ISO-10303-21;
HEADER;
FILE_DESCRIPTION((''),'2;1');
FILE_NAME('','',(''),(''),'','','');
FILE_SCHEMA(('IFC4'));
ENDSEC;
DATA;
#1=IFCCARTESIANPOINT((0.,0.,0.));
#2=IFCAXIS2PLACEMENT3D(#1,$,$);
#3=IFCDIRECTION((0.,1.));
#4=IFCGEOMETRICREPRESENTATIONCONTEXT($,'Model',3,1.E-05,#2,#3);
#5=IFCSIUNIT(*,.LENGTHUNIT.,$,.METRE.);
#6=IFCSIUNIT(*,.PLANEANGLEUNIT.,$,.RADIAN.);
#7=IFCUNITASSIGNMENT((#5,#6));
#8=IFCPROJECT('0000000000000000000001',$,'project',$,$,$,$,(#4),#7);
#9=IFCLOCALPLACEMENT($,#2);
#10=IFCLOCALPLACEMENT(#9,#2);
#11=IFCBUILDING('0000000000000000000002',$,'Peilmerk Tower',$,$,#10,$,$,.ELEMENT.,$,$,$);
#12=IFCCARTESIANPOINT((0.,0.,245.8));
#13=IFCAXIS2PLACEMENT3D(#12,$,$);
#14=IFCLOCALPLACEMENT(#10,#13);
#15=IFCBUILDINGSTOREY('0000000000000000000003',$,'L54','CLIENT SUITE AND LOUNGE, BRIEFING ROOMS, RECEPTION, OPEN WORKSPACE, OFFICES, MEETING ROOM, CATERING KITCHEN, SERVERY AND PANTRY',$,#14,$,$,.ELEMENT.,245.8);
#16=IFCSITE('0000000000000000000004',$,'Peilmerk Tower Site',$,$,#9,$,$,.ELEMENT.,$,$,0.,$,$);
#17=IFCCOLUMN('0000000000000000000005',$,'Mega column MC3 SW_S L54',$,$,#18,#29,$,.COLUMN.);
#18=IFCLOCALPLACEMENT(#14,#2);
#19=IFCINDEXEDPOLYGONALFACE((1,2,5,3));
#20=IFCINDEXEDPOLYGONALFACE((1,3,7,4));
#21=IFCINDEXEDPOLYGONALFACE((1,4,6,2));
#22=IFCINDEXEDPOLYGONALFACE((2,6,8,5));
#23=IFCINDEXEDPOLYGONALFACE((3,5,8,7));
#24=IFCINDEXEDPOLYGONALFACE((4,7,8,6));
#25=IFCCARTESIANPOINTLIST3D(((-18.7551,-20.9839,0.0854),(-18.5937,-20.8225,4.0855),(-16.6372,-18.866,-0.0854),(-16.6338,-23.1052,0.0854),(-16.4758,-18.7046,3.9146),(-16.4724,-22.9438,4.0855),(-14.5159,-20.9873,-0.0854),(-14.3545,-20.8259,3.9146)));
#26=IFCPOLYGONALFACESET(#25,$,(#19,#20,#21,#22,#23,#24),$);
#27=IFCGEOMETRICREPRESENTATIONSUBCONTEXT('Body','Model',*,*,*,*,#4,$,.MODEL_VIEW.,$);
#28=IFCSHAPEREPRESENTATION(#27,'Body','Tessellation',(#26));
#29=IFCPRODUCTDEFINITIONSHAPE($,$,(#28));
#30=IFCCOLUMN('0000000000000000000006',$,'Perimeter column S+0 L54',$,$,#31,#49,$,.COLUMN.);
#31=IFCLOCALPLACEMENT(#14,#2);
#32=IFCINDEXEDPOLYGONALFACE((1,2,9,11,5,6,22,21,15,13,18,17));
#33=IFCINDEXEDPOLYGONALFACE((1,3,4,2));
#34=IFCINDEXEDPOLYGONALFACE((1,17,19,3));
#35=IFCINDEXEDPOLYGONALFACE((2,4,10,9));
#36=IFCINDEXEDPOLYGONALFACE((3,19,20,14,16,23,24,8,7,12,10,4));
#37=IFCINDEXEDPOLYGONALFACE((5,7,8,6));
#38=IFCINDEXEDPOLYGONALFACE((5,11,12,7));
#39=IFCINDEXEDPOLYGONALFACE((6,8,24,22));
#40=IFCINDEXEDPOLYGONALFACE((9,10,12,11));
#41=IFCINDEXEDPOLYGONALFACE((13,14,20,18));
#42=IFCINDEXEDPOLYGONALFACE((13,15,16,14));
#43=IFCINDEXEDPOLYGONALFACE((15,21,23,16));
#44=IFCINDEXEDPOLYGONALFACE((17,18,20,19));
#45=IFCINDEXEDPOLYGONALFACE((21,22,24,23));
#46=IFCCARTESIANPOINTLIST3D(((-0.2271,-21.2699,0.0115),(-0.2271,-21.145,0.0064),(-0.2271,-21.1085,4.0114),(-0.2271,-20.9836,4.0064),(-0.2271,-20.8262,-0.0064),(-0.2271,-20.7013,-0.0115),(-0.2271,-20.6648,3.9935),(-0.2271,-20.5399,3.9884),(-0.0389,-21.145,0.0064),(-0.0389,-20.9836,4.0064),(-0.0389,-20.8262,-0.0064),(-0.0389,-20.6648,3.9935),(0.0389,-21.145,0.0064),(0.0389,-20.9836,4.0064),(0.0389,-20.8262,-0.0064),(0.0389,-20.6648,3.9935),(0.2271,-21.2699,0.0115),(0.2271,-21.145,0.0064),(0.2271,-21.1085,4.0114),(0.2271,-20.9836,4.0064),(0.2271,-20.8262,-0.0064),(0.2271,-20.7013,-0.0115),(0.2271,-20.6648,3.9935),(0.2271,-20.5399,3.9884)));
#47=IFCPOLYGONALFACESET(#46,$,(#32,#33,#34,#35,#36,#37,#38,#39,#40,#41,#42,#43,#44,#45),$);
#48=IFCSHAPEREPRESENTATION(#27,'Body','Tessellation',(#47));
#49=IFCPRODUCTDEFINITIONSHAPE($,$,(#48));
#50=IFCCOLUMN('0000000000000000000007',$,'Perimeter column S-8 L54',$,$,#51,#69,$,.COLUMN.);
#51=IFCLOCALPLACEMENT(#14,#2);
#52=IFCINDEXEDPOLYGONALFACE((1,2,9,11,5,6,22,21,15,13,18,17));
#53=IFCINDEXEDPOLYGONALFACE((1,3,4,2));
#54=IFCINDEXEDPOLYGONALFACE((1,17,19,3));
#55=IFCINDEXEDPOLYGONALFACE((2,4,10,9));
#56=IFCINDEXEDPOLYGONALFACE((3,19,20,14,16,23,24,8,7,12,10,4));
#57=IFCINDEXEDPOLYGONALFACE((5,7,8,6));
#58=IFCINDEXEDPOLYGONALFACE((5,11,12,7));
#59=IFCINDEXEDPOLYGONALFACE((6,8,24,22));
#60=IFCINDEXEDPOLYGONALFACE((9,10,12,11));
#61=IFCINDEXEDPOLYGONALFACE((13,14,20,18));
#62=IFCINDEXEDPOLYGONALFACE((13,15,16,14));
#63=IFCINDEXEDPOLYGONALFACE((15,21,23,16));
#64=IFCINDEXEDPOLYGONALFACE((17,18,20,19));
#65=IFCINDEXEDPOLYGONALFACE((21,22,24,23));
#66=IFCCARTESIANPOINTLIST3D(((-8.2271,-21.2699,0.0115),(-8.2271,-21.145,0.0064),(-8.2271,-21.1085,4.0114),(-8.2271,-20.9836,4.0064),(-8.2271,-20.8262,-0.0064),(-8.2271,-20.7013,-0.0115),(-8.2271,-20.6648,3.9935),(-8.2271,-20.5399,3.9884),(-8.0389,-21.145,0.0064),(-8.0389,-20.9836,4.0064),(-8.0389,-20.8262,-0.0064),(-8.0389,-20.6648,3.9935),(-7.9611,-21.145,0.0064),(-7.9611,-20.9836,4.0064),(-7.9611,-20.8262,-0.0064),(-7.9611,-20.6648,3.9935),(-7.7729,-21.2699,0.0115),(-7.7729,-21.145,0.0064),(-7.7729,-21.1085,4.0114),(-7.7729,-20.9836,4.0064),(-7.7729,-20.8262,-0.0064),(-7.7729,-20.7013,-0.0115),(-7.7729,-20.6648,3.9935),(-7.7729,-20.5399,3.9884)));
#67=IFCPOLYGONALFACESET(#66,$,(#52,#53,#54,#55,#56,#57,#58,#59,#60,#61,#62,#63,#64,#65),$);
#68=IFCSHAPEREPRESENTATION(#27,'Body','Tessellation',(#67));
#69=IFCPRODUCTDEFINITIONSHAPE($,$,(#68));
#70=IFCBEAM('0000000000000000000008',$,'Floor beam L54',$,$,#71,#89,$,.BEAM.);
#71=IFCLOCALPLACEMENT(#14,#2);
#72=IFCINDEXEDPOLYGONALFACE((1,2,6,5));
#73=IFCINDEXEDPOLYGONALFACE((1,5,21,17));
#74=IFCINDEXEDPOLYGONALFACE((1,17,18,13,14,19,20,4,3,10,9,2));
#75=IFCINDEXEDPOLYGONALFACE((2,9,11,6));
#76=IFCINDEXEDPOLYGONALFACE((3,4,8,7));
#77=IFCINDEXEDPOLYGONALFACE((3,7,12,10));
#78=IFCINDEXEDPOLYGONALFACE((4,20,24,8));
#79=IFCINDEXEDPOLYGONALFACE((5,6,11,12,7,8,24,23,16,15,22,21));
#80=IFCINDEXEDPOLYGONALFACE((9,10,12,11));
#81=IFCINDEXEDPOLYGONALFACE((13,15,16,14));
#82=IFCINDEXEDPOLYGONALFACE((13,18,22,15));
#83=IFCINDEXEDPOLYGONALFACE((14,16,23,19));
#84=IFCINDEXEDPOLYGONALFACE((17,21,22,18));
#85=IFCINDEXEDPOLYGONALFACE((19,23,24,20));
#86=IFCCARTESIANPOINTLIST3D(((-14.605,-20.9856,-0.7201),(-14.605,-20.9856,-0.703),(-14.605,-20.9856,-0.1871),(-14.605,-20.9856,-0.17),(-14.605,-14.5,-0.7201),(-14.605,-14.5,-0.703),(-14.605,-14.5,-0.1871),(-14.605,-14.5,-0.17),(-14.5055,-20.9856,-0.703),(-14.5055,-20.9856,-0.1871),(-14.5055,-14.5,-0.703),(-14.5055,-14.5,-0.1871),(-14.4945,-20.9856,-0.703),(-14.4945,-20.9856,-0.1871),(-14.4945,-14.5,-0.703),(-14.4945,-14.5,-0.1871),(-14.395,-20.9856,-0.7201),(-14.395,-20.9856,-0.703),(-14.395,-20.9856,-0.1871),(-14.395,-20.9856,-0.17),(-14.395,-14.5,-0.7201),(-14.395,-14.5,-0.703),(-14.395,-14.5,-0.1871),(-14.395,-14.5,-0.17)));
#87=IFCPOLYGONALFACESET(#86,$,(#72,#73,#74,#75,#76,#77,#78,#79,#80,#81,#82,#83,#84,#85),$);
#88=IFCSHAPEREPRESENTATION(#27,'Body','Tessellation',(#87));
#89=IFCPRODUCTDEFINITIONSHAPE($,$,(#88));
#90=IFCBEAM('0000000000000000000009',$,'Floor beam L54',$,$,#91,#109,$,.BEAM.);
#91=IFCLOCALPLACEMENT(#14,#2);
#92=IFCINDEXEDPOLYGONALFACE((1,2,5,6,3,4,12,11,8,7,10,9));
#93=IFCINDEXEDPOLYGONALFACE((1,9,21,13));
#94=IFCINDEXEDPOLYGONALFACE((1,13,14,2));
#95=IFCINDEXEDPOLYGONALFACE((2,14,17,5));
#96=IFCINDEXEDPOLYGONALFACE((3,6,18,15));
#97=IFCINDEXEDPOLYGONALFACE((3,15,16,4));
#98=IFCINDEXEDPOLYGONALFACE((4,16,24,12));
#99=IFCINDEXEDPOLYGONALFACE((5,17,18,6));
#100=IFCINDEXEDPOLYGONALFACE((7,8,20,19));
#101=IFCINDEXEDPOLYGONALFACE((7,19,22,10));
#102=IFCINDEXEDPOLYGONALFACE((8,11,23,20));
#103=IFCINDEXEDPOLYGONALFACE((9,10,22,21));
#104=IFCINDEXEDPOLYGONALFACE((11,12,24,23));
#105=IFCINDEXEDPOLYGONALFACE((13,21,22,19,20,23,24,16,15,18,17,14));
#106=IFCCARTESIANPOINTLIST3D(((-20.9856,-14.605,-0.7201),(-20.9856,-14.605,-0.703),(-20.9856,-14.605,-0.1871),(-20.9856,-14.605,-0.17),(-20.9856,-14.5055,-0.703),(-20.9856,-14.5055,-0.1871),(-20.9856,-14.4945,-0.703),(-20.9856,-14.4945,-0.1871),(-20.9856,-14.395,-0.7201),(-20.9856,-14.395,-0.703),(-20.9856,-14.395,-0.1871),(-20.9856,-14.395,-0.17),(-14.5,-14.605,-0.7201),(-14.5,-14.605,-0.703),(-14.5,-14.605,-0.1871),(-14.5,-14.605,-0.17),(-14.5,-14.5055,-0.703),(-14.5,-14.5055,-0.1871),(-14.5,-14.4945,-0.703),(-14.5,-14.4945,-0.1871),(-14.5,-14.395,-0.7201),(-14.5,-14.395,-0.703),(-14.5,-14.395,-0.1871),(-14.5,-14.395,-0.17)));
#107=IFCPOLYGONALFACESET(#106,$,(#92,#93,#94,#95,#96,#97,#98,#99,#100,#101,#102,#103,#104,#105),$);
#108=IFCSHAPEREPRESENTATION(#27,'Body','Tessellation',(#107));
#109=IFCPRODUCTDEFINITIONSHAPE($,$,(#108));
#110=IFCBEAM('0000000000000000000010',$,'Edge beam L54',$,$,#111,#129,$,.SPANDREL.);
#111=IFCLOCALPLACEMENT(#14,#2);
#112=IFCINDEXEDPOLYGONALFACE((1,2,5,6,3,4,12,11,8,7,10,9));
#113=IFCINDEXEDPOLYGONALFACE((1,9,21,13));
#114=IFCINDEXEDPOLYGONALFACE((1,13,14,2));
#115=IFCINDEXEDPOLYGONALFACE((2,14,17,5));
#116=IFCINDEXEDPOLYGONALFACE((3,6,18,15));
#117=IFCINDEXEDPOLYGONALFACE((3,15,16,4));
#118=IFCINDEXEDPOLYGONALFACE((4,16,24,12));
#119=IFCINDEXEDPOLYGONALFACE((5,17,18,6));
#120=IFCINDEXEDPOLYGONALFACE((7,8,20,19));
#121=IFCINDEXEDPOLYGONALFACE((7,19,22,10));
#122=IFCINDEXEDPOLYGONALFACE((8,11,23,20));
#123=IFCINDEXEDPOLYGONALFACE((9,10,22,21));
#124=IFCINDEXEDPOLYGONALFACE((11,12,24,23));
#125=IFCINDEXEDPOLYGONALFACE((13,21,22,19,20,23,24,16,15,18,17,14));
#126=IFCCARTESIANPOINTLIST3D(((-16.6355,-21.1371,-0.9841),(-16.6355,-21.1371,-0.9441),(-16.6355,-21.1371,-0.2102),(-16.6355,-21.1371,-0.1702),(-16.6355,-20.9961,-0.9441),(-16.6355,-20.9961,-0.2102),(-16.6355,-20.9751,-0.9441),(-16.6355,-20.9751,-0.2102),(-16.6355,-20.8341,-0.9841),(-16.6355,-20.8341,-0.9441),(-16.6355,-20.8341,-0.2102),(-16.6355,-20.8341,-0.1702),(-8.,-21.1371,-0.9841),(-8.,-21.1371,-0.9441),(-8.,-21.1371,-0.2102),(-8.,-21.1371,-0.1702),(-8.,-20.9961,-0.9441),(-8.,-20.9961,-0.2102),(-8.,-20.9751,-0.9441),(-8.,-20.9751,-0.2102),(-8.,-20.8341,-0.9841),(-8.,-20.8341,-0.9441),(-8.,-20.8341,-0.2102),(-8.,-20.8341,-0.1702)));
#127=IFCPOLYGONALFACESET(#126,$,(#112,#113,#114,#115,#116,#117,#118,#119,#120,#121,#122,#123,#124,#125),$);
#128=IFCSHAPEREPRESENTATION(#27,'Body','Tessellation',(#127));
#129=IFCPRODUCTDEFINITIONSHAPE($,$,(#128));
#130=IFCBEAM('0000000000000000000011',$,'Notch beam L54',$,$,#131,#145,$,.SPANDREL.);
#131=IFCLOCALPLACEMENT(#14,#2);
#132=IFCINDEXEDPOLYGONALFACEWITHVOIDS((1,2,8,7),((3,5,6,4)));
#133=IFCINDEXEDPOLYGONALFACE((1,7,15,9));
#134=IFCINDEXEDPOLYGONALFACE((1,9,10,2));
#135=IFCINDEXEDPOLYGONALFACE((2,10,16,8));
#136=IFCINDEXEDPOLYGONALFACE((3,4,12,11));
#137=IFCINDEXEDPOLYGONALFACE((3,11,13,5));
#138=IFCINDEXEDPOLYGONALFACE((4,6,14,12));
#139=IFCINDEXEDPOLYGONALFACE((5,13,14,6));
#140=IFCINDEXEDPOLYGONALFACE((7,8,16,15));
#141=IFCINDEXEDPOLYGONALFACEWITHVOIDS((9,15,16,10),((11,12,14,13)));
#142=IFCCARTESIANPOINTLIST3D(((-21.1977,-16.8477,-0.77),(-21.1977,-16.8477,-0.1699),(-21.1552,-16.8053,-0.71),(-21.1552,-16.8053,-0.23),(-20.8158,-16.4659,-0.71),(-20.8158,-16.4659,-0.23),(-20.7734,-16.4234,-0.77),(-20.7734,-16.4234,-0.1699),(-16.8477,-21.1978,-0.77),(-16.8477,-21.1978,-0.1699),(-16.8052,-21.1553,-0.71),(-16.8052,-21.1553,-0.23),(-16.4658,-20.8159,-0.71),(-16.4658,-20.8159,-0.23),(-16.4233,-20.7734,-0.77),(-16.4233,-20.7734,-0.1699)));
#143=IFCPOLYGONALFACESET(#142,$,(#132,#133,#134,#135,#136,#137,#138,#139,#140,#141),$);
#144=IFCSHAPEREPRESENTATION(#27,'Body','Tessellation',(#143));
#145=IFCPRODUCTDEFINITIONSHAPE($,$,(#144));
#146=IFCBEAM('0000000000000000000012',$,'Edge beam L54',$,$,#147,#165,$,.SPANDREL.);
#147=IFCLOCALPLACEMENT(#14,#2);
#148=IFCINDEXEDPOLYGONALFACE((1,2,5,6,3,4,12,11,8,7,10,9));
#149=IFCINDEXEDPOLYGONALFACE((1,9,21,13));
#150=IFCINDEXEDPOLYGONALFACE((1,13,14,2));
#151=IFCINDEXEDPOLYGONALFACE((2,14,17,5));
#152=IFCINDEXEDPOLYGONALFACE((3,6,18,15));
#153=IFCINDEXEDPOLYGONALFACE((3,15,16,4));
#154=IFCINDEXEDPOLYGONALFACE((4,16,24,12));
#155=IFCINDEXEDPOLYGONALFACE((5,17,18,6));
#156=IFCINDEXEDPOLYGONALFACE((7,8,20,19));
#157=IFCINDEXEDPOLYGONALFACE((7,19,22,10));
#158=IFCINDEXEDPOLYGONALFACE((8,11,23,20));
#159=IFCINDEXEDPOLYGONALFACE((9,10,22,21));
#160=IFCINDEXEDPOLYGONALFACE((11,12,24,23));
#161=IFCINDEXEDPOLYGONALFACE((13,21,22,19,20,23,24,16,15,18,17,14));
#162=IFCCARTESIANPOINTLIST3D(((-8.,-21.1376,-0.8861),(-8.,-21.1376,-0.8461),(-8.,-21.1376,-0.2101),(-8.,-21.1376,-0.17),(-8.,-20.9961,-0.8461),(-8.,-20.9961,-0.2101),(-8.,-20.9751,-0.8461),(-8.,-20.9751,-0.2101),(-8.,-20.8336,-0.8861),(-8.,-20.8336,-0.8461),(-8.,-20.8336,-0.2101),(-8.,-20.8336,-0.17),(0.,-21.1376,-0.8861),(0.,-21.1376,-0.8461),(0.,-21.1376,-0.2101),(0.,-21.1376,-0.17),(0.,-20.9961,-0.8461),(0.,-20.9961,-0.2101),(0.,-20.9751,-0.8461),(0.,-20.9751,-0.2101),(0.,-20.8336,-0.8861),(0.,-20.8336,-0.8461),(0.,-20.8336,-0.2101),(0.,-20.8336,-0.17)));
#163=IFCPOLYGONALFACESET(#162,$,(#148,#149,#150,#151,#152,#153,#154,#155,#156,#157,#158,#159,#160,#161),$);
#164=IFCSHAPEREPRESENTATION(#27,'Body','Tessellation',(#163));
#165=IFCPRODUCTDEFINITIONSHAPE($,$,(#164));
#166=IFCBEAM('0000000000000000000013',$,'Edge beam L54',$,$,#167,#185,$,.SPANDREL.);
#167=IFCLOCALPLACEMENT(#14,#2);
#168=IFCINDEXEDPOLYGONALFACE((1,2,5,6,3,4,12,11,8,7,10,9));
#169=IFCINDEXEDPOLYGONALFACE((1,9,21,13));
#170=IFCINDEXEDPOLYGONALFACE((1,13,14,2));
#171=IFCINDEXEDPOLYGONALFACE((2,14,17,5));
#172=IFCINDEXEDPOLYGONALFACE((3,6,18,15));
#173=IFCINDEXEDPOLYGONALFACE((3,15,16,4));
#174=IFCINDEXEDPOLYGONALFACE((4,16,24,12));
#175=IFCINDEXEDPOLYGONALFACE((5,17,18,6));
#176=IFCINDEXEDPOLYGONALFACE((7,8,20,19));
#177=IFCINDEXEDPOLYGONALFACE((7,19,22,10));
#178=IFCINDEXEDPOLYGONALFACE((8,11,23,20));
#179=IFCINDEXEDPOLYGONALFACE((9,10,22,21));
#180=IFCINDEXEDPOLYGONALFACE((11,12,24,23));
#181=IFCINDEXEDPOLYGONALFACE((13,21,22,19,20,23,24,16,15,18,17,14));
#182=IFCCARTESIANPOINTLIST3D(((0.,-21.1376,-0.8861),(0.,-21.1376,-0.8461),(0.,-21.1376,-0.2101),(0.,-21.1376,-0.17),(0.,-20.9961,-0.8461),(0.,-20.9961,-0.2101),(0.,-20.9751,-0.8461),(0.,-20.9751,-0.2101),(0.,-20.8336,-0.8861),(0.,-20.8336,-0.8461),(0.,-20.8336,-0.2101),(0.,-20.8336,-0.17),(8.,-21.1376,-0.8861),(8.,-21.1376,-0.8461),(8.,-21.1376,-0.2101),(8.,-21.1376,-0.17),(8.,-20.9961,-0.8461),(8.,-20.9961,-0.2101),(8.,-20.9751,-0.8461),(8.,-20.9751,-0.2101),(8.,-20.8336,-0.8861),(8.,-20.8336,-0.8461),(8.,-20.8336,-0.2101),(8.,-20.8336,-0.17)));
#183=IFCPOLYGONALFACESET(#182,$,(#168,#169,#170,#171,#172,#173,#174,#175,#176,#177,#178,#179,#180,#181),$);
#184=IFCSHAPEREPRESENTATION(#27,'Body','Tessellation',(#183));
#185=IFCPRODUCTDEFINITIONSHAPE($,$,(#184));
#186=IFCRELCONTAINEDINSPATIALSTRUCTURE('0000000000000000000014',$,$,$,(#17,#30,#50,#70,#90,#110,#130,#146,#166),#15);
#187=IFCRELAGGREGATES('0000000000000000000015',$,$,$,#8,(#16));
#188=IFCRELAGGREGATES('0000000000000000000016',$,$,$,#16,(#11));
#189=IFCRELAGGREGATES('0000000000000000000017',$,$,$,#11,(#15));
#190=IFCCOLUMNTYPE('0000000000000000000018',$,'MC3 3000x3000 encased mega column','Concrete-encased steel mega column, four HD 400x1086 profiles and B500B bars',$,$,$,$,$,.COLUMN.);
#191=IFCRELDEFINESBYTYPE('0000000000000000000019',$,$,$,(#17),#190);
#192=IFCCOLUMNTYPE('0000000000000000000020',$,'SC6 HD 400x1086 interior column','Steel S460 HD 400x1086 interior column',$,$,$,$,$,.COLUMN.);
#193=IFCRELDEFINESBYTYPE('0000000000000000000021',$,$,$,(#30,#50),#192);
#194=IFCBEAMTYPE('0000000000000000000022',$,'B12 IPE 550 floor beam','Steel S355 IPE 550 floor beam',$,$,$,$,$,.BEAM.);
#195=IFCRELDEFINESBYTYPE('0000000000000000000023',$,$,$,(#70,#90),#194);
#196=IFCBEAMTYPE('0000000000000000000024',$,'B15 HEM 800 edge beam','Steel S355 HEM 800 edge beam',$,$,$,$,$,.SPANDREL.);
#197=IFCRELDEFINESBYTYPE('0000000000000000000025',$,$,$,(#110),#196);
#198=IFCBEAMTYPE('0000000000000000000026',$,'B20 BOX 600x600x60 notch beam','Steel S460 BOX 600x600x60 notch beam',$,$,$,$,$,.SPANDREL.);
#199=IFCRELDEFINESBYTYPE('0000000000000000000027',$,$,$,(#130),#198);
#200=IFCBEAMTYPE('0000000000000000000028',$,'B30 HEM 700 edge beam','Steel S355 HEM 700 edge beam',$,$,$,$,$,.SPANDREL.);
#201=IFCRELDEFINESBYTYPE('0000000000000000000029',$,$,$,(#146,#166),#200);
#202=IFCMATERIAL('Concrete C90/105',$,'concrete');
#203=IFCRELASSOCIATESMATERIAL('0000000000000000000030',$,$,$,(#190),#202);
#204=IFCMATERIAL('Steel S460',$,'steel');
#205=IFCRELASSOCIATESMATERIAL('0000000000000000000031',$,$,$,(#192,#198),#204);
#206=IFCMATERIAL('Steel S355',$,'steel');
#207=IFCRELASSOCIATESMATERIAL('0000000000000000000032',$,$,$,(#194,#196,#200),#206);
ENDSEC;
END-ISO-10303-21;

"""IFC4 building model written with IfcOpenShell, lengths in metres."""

from ifc_helpers import new_model, si_unit, direction, frame, origin, origin_2d, place, context, subcontext, project, spatial, rectangle, hollow_rectangle, i_section, extrude, material, material_profile, profile_set, type_object, element, save


model = new_model("IFC4")

# Units and contexts
model_context = context("Model", 3, precision=1e-05, world=origin(), true_north=direction((0.0, 1.0)))
body_context = subcontext(model_context, "Body", "Model", "MODEL_VIEW")
ifc_project = project(units=[si_unit("LENGTHUNIT", "METRE"), si_unit("PLANEANGLEUNIT", "RADIAN")], contexts=[model_context])

# Site, building, storey
site_placement = place(None, origin())
site = spatial("IfcSite", under=ifc_project, at=site_placement, Name="Peilmerk Tower Site", CompositionType="ELEMENT", RefElevation=0.0)
building_placement = place(site_placement, origin())
building = spatial("IfcBuilding", under=site, at=building_placement, Name="Peilmerk Tower", CompositionType="ELEMENT")
storey_placement = place(building_placement, frame((0.0, 0.0, 245.8)))
storey = spatial("IfcBuildingStorey", under=building, at=storey_placement, Name="L54", Description="CLIENT SUITE AND LOUNGE, BRIEFING ROOMS, RECEPTION, OPEN WORKSPACE, OFFICES, MEETING ROOM, CATERING KITCHEN, SERVERY AND PANTRY", CompositionType="ELEMENT", Elevation=245.8)

# Columns
ifc_material_1 = material(Name="Concrete C90/105", Category="concrete")
ifc_material_profile_1 = material_profile(ifc_material_1, rectangle(XDim=3.0, YDim=3.0, at=origin_2d()), Name="RC 3000x3000")
ifc_profile_set_1 = profile_set([ifc_material_profile_1], Name="Concrete C90/105")
column_type_1 = type_object("IfcColumnType", Name="MC3 3000x3000 encased mega column", Description="Concrete-encased steel mega column, four HD 400x1086 profiles and B500B bars", PredefinedType="COLUMN", material=ifc_profile_set_1)
column_placement = place(storey_placement, frame((-16.6355, -20.9856, 0.0), z_axis=(0.040279, 0.040279, 0.998376), x_axis=(-0.707107, 0.707107, 0.0)))
element("IfcColumn", 1, at=column_placement, inside=storey, type_object=column_type_1, Name="Mega column MC3 SW_S L54", PredefinedType="COLUMN", context=body_context, shape_type="SweptSolid", body=[
    extrude(rectangle(XDim=3.0, YDim=3.0, at=origin_2d()), origin(), (0.0, 0.0, 1.0), 4.0066),
])
ifc_material_2 = material(Name="Steel S460", Category="steel")
ifc_material_profile_2 = material_profile(ifc_material_2, i_section(OverallWidth=0.4541, OverallDepth=0.5691, WebThickness=0.0779, FlangeThickness=0.125, at=origin_2d()), Name="HD 400x1086")
ifc_profile_set_2 = profile_set([ifc_material_profile_2], Name="Steel S460")
column_type_2 = type_object("IfcColumnType", Name="SC6 HD 400x1086 interior column", Description="Steel S460 HD 400x1086 interior column", PredefinedType="COLUMN", material=ifc_profile_set_2)
for number, where, z_axis, x_axis, name in (
    (2, (0.0, -20.9856, 0.0), (0.0, 0.040311, 0.999187), (-1.0, 0.0, 0.0), "Perimeter column S+0 L54"),
    (3, (-8.0, -20.9856, 0.0), (0.0, 0.040311, 0.999187), (-1.0, 0.0, 0.0), "Perimeter column S-8 L54"),
):
    element("IfcColumn", number, at=place(storey_placement, frame(where, z_axis=z_axis, x_axis=x_axis)), inside=storey, type_object=column_type_2, Name=name, PredefinedType="COLUMN", context=body_context, shape_type="SweptSolid", body=[
        extrude(i_section(OverallWidth=0.4541, OverallDepth=0.5691, WebThickness=0.0779, FlangeThickness=0.125, at=origin_2d()), origin(), (0.0, 0.0, 1.0), 4.0032),
    ])

# Beams
ifc_material_3 = material(Name="Steel S355", Category="steel")
ifc_material_profile_3 = material_profile(ifc_material_3, i_section(OverallWidth=0.21, OverallDepth=0.55, WebThickness=0.011, FlangeThickness=0.0171, at=origin_2d()), Name="IPE 550")
ifc_profile_set_3 = profile_set([ifc_material_profile_3], Name="Steel S355")
beam_type_1 = type_object("IfcBeamType", Name="B12 IPE 550 floor beam", Description="Steel S355 IPE 550 floor beam", PredefinedType="BEAM", material=ifc_profile_set_3)
for number, where, z_axis, x_axis, name in (
    (4, (-14.5, -14.5, -0.4451), (0.0, -1.0, 0.0), (1.0, 0.0, 0.0), "Floor beam L54"),
    (5, (-14.5, -14.5, -0.4451), (-1.0, 0.0, 0.0), (0.0, -1.0, 0.0), "Floor beam L54"),
):
    element("IfcBeam", number, at=place(storey_placement, frame(where, z_axis=z_axis, x_axis=x_axis)), inside=storey, type_object=beam_type_1, Name=name, PredefinedType="BEAM", context=body_context, shape_type="SweptSolid", body=[
        extrude(i_section(OverallWidth=0.21, OverallDepth=0.55, WebThickness=0.011, FlangeThickness=0.0171, at=origin_2d()), origin(), (0.0, 0.0, 1.0), 6.4856),
    ])
ifc_material_profile_4 = material_profile(ifc_material_3, i_section(OverallWidth=0.303, OverallDepth=0.814, WebThickness=0.021, FlangeThickness=0.04, at=origin_2d()), Name="HEM 800")
ifc_profile_set_4 = profile_set([ifc_material_profile_4], Name="Steel S355")
beam_type_2 = type_object("IfcBeamType", Name="B15 HEM 800 edge beam", Description="Steel S355 HEM 800 edge beam", PredefinedType="SPANDREL", material=ifc_profile_set_4)
beam_1_placement = place(storey_placement, frame((-16.6355, -20.9856, -0.5771), z_axis=(1.0, 0.0, 0.0), x_axis=(0.0, 1.0, 0.0)))
element("IfcBeam", 6, at=beam_1_placement, inside=storey, type_object=beam_type_2, Name="Edge beam L54", PredefinedType="SPANDREL", context=body_context, shape_type="SweptSolid", body=[
    extrude(i_section(OverallWidth=0.303, OverallDepth=0.814, WebThickness=0.021, FlangeThickness=0.04, at=origin_2d()), origin(), (0.0, 0.0, 1.0), 8.6355),
])
ifc_material_profile_5 = material_profile(ifc_material_2, hollow_rectangle(XDim=0.6001, YDim=0.6001, WallThickness=0.0601, at=origin_2d()), Name="BOX 600x600x60")
ifc_profile_set_5 = profile_set([ifc_material_profile_5], Name="Steel S460")
beam_type_3 = type_object("IfcBeamType", Name="B20 BOX 600x600x60 notch beam", Description="Steel S460 BOX 600x600x60 notch beam", PredefinedType="SPANDREL", material=ifc_profile_set_5)
beam_2_placement = place(storey_placement, frame((-16.6355, -20.9856, -0.47), z_axis=(-0.707107, 0.707107, 0.0), x_axis=(-0.707107, -0.707107, 0.0)))
element("IfcBeam", 7, at=beam_2_placement, inside=storey, type_object=beam_type_3, Name="Notch beam L54", PredefinedType="SPANDREL", context=body_context, shape_type="SweptSolid", body=[
    extrude(hollow_rectangle(XDim=0.6001, YDim=0.6001, WallThickness=0.0601, at=origin_2d()), origin(), (0.0, 0.0, 1.0), 6.1519),
])
ifc_material_profile_6 = material_profile(ifc_material_3, i_section(OverallWidth=0.304, OverallDepth=0.7161, WebThickness=0.021, FlangeThickness=0.04, at=origin_2d()), Name="HEM 700")
ifc_profile_set_6 = profile_set([ifc_material_profile_6], Name="Steel S355")
beam_type_4 = type_object("IfcBeamType", Name="B30 HEM 700 edge beam", Description="Steel S355 HEM 700 edge beam", PredefinedType="SPANDREL", material=ifc_profile_set_6)
for number, where, z_axis, x_axis, name in (
    (8, (-8.0, -20.9856, -0.5281), (1.0, 0.0, 0.0), (0.0, 1.0, 0.0), "Edge beam L54"),
    (9, (0.0, -20.9856, -0.5281), (1.0, 0.0, 0.0), (0.0, 1.0, 0.0), "Edge beam L54"),
):
    element("IfcBeam", number, at=place(storey_placement, frame(where, z_axis=z_axis, x_axis=x_axis)), inside=storey, type_object=beam_type_4, Name=name, PredefinedType="SPANDREL", context=body_context, shape_type="SweptSolid", body=[
        extrude(i_section(OverallWidth=0.304, OverallDepth=0.7161, WebThickness=0.021, FlangeThickness=0.04, at=origin_2d()), origin(), (0.0, 0.0, 1.0), 8.0),
    ])

save(model, "model.ifc")
